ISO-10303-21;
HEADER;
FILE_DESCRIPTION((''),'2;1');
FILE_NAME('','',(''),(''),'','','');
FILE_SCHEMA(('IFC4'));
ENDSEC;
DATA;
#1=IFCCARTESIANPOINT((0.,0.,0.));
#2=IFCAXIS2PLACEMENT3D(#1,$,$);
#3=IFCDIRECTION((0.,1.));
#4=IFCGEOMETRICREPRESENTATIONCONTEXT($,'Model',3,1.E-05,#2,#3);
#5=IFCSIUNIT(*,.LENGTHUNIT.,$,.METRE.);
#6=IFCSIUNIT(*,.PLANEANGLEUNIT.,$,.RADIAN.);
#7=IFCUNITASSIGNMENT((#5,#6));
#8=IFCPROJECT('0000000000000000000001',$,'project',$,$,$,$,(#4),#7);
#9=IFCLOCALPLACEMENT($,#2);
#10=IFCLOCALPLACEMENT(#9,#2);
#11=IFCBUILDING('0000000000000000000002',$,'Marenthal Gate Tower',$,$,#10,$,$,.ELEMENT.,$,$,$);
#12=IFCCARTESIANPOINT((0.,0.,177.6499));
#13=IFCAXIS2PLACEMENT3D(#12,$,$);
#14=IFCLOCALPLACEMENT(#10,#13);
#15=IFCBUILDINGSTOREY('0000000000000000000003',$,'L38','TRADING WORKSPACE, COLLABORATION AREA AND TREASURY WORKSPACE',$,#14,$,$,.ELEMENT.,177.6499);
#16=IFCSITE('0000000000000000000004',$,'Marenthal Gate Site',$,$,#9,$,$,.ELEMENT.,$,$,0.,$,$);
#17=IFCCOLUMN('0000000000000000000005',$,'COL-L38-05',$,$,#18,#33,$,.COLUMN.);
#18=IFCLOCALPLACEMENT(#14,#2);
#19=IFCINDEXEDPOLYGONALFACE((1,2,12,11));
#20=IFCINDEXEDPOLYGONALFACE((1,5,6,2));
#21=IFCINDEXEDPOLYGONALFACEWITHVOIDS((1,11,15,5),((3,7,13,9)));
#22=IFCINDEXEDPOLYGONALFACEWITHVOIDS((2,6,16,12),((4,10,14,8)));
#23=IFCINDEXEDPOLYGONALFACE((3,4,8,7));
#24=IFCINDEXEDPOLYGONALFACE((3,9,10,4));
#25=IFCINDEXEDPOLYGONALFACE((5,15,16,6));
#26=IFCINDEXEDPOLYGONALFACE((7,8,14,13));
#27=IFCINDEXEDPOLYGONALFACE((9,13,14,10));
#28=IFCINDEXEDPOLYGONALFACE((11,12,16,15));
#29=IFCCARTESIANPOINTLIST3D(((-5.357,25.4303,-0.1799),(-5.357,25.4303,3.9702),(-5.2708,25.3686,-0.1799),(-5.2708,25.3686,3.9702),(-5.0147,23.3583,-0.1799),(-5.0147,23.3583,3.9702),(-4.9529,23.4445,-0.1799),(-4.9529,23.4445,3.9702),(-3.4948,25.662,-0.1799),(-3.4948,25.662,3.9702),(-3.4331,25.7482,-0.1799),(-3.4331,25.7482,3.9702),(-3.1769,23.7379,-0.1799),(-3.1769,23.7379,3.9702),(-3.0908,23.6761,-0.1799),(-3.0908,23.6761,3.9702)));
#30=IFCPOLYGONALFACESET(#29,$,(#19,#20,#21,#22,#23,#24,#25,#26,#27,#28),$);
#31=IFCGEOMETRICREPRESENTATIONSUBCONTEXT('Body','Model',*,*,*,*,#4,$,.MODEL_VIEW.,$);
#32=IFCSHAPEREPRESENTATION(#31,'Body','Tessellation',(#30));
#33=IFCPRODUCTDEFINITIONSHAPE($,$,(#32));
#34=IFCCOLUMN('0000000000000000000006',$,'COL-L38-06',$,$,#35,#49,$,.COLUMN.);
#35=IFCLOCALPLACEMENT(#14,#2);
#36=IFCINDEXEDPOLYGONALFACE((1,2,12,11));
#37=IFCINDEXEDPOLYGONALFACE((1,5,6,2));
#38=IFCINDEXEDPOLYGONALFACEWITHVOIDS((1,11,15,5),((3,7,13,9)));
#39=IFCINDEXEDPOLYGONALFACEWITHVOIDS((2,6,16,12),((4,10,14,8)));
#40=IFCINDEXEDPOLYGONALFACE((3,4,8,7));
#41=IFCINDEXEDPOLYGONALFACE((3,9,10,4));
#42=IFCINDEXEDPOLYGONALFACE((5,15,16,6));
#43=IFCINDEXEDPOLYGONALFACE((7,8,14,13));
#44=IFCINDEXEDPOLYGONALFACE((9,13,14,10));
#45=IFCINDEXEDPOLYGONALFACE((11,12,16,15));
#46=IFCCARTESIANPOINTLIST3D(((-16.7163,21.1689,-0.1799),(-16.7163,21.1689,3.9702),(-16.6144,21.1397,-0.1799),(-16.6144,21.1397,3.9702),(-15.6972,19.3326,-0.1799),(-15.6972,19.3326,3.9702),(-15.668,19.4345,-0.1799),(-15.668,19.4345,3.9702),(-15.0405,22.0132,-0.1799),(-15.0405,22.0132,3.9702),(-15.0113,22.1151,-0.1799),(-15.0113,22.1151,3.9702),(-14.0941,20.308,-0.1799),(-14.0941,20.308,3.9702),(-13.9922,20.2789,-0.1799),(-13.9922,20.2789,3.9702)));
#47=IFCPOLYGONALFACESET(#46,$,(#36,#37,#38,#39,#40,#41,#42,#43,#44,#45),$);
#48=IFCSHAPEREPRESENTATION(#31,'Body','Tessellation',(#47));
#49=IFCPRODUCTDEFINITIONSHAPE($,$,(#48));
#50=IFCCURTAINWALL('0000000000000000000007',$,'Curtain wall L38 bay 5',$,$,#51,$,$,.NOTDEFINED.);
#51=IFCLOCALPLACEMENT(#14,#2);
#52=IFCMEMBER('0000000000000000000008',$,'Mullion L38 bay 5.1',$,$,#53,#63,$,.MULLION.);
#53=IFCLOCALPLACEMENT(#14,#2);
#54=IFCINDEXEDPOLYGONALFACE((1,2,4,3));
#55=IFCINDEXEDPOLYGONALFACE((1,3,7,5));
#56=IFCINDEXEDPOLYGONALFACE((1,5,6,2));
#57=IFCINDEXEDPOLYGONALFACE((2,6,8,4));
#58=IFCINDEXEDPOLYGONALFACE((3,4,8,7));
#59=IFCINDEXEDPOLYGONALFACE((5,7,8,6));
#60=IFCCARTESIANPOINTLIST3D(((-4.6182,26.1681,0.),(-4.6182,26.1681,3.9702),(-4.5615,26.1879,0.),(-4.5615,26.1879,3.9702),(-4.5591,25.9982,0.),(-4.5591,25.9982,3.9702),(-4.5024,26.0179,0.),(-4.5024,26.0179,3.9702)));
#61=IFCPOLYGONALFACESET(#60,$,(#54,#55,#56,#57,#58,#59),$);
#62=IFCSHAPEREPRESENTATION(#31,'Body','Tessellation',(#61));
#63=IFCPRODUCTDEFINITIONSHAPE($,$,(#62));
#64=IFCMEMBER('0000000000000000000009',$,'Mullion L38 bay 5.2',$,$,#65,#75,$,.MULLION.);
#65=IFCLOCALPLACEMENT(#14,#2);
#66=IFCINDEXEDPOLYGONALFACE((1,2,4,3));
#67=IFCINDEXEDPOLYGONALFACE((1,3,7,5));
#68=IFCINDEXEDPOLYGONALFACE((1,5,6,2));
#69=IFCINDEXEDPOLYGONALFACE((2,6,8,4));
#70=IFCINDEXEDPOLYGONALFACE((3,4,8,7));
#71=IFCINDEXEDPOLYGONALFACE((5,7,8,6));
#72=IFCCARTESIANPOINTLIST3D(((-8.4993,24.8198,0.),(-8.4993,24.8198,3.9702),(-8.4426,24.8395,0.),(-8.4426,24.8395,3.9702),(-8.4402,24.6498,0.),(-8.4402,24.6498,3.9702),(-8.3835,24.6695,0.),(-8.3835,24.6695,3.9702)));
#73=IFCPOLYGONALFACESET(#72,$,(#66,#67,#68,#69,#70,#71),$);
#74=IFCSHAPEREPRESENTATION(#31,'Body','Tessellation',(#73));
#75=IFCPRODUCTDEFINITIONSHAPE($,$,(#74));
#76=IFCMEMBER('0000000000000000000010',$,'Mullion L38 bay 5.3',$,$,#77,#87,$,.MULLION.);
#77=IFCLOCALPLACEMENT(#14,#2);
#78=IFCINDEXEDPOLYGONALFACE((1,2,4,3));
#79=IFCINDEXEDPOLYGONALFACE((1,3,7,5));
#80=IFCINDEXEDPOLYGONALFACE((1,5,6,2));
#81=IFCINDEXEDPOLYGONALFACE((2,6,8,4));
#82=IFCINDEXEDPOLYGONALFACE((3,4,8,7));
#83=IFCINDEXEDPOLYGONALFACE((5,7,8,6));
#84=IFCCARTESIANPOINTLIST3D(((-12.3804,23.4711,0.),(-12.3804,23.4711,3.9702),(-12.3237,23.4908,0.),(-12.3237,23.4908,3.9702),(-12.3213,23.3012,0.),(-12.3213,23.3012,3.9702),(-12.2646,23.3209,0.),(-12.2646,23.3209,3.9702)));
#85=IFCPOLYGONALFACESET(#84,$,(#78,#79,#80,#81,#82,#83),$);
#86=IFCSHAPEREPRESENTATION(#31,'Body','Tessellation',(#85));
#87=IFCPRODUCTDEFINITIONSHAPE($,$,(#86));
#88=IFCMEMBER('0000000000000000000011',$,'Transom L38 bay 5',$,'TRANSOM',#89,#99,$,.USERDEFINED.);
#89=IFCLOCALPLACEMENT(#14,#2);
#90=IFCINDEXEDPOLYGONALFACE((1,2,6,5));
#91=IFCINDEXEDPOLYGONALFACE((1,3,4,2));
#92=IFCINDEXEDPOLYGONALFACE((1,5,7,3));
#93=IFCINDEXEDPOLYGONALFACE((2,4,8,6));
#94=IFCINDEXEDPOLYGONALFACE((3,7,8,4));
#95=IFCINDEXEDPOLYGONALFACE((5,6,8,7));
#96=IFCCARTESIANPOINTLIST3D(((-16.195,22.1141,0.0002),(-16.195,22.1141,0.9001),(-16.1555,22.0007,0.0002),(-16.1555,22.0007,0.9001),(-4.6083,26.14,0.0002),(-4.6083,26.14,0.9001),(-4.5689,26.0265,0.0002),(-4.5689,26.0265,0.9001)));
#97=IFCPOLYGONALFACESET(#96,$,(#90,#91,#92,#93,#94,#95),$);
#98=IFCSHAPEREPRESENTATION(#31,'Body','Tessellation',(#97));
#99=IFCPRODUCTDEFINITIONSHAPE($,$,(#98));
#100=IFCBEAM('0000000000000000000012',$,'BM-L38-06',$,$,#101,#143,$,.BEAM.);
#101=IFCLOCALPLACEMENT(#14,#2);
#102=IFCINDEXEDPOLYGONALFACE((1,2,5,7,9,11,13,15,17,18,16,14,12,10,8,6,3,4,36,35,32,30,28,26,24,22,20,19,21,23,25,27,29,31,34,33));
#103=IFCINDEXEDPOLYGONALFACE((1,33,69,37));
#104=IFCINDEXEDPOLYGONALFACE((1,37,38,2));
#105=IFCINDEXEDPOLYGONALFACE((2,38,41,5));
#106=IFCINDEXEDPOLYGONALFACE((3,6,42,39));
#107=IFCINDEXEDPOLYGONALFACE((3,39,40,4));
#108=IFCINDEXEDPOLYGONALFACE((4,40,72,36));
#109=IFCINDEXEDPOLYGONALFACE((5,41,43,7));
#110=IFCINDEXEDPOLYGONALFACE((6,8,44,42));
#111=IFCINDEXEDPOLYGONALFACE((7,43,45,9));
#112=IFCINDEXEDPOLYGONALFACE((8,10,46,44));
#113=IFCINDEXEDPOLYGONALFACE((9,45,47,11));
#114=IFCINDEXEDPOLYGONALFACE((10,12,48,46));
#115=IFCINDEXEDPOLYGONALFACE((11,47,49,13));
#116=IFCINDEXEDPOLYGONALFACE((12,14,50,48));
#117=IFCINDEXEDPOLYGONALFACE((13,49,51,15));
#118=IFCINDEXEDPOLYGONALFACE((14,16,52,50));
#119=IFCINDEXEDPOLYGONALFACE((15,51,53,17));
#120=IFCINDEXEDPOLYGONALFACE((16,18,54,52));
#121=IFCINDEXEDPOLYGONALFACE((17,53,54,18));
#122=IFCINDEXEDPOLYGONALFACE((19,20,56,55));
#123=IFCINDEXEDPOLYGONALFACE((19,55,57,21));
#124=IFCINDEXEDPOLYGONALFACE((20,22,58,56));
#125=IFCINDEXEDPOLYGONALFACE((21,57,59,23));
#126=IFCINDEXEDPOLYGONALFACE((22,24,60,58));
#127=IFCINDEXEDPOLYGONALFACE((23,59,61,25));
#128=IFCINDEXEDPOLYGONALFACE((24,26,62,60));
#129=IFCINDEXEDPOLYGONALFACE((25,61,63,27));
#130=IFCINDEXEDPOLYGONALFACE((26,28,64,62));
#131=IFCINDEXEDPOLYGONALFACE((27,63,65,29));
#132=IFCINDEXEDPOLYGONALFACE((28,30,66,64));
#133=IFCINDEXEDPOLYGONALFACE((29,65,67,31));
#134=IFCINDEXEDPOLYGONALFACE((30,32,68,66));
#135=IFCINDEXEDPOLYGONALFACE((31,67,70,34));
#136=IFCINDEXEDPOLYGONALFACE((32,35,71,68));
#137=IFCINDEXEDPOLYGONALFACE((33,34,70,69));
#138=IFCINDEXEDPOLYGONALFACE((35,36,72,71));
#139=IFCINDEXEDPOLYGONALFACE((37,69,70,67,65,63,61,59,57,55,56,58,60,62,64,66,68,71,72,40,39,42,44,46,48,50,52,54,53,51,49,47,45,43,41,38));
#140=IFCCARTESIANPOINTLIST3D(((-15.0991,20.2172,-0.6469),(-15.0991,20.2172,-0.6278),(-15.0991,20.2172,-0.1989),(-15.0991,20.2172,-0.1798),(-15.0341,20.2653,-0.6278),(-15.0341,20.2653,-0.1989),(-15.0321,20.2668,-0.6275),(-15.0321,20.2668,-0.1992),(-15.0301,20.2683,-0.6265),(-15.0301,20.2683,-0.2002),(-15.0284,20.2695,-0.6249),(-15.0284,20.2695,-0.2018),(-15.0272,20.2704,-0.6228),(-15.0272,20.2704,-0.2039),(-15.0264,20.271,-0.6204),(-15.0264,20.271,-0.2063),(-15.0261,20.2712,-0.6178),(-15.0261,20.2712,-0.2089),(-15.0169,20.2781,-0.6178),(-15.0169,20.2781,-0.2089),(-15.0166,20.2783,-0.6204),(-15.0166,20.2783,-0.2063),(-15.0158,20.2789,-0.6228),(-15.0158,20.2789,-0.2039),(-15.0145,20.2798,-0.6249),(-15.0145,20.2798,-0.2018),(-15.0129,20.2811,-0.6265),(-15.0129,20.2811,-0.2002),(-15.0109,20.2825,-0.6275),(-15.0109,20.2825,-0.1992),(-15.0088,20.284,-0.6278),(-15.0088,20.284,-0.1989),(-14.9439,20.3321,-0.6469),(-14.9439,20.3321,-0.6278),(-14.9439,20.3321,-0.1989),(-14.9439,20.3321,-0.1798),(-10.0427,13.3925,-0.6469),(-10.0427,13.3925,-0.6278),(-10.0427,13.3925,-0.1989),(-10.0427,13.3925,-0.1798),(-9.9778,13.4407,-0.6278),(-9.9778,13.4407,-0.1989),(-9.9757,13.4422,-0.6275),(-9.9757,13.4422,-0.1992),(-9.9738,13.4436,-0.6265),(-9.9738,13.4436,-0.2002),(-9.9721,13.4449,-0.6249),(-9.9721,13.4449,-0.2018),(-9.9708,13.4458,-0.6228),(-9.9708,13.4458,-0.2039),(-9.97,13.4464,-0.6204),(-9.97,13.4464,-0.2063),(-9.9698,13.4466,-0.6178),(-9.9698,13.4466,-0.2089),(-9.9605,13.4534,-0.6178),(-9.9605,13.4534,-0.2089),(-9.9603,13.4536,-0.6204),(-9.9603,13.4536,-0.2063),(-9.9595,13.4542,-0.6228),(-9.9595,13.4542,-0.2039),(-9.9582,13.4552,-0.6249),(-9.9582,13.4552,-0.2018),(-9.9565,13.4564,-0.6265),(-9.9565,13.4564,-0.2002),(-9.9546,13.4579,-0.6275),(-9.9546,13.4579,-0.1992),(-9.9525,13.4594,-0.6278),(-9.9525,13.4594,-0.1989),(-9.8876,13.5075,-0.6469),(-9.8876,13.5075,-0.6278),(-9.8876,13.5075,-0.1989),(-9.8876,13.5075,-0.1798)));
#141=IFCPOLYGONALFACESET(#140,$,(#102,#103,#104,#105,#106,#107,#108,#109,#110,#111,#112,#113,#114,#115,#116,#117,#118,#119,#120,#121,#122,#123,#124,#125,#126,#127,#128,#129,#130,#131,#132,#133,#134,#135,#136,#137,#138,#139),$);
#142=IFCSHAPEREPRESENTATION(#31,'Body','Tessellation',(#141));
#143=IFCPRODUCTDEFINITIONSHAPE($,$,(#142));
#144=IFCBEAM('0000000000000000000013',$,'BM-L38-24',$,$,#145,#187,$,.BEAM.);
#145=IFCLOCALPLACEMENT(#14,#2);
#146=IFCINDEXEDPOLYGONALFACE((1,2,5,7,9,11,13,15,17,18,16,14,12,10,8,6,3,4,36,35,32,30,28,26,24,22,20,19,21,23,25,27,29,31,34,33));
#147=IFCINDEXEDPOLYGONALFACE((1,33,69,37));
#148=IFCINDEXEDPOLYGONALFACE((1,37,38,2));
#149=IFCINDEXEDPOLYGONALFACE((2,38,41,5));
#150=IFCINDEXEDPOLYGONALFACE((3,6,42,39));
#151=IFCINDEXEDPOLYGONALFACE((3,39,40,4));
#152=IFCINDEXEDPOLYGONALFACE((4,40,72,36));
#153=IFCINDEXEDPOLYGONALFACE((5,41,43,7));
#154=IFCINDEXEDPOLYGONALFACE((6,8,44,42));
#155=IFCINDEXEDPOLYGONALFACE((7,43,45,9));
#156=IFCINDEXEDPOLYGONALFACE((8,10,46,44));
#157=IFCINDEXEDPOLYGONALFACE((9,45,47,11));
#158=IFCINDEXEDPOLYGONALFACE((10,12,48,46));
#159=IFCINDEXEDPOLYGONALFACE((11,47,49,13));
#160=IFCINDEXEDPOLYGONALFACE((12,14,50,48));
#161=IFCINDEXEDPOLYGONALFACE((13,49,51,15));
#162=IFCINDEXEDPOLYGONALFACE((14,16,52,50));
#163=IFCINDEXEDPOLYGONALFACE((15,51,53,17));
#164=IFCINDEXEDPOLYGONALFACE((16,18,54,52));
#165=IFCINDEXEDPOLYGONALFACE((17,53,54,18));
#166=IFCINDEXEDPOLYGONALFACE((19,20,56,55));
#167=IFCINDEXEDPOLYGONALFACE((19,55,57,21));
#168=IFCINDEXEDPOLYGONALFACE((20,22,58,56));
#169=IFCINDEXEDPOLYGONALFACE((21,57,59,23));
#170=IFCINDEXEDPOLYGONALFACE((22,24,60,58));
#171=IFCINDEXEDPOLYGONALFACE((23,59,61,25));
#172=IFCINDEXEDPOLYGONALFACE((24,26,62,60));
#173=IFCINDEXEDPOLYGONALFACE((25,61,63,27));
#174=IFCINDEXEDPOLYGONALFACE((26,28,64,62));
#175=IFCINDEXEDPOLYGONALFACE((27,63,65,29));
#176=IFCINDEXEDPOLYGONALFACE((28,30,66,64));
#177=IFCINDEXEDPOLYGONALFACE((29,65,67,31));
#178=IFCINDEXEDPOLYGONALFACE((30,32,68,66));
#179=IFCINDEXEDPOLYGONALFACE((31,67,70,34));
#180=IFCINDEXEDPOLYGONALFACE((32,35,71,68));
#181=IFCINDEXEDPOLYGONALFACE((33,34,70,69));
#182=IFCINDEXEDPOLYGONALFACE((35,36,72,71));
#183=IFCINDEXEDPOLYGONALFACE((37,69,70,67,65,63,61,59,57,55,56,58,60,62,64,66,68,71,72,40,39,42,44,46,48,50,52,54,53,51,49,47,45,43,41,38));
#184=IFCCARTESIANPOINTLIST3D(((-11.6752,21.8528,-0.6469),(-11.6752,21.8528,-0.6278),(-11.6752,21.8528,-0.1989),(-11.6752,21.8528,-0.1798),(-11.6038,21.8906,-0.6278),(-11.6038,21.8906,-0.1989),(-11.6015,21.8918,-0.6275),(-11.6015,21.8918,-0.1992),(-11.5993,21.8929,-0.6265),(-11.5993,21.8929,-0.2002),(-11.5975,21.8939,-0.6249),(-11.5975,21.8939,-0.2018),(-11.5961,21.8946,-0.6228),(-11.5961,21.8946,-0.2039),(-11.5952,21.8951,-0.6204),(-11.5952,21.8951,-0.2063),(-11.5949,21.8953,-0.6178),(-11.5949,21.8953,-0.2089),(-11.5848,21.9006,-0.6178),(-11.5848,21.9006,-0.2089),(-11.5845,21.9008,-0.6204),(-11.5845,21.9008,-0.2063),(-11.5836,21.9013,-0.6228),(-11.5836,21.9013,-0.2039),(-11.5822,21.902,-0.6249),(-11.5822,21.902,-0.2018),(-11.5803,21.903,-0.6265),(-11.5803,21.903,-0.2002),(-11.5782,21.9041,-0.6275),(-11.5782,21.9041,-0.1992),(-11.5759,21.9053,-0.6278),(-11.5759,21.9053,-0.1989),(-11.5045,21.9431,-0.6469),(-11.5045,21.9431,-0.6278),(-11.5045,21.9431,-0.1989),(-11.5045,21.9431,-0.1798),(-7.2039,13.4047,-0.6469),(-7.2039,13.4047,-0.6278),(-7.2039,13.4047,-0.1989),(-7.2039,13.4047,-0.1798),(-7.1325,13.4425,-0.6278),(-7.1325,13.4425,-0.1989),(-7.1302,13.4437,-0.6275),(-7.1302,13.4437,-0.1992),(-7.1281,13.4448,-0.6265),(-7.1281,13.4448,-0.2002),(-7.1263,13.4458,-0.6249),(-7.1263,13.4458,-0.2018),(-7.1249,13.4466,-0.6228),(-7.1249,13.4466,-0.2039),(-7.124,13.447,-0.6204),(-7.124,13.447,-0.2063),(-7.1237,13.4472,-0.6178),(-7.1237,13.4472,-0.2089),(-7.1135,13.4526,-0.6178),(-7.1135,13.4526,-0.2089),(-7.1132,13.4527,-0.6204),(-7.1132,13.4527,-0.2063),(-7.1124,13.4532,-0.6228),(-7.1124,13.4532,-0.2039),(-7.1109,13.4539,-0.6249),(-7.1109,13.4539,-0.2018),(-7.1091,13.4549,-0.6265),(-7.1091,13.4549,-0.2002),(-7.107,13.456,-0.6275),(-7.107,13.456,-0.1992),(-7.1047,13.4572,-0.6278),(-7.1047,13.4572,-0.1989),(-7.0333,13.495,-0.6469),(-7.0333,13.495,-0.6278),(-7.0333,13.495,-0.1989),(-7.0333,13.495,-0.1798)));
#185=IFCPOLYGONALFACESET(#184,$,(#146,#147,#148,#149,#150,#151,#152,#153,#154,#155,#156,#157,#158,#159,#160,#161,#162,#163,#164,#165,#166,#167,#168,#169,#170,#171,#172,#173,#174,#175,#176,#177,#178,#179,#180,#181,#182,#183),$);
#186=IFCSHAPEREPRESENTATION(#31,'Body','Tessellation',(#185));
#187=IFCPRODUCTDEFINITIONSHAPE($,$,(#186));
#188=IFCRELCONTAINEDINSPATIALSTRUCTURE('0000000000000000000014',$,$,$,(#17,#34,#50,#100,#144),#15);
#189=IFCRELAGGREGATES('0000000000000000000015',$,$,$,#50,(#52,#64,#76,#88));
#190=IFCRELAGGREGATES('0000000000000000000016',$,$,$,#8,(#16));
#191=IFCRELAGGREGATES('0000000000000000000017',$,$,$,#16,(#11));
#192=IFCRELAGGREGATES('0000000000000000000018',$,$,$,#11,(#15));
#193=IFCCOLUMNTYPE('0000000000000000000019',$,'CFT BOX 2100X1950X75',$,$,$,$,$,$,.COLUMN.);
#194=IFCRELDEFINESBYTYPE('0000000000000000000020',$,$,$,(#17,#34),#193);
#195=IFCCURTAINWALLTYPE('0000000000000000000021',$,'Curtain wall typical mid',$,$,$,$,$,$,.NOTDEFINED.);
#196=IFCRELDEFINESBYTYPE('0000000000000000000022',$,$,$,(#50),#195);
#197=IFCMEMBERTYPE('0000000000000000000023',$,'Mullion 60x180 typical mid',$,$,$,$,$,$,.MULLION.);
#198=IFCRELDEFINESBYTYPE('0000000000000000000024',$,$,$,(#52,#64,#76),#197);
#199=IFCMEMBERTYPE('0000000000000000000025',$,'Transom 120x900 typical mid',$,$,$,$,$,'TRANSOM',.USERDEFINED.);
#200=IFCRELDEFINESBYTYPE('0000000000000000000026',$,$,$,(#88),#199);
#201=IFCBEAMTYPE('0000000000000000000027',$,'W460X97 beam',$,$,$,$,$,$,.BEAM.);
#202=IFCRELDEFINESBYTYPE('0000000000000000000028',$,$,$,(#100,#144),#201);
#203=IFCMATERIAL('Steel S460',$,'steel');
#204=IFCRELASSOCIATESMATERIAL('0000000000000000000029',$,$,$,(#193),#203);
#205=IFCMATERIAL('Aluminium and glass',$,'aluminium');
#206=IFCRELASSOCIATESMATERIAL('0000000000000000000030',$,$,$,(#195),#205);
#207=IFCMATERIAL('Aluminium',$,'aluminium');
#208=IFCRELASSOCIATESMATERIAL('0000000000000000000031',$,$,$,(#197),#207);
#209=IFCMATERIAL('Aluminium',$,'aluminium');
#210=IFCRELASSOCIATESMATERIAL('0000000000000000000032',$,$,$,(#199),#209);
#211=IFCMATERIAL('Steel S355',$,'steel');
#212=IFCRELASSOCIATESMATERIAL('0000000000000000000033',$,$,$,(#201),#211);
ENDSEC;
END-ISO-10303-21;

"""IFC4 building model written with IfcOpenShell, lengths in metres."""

from ifc_helpers import new_model, si_unit, direction, frame, origin, origin_2d, place, context, subcontext, project, spatial, rectangle, hollow_rectangle, i_section, extrude, material, material_profile, profile_set, type_object, element, aggregate, save


model = new_model("IFC4")

# Units and contexts
model_context = context("Model", 3, precision=1e-05, world=origin(), true_north=direction((0.0, 1.0)))
body_context = subcontext(model_context, "Body", "Model", "MODEL_VIEW")
ifc_project = project(units=[si_unit("LENGTHUNIT", "METRE"), si_unit("PLANEANGLEUNIT", "RADIAN")], contexts=[model_context])

# Site, building, storey
site_placement = place(None, origin())
site = spatial("IfcSite", under=ifc_project, at=site_placement, Name="Marenthal Gate Site", CompositionType="ELEMENT", RefElevation=0.0)
building_placement = place(site_placement, origin())
building = spatial("IfcBuilding", under=site, at=building_placement, Name="Marenthal Gate Tower", CompositionType="ELEMENT")
storey_placement = place(building_placement, frame((0.0, 0.0, 177.6499)))
storey = spatial("IfcBuildingStorey", under=building, at=storey_placement, Name="L38", Description="TRADING WORKSPACE, COLLABORATION AREA AND TREASURY WORKSPACE", CompositionType="ELEMENT", Elevation=177.6499)

# Columns
ifc_material_1 = material(Name="Steel S460", Category="steel")
ifc_material_profile_1 = material_profile(ifc_material_1, hollow_rectangle(XDim=1.95, YDim=2.1001, WallThickness=0.075, at=origin_2d()), Name="CFT BOX 2100X1950X75")
ifc_material_2 = material(Name="Concrete 70 MPa", Category="concrete")
ifc_material_profile_2 = material_profile(ifc_material_2, rectangle(XDim=1.8, YDim=1.95, at=origin_2d()), Name="CFT BOX 2100X1950X75 INFILL")
ifc_profile_set_1 = profile_set([ifc_material_profile_1, ifc_material_profile_2], Name="Steel S460 shell, Concrete 70 MPa infill")
column_type = type_object("IfcColumnType", Name="CFT BOX 2100X1950X75", PredefinedType="COLUMN", material=ifc_profile_set_1)
for number, where, z_axis, x_axis, name in (
    (1, (-4.2239, 24.5532, -0.1799), (0.0, 0.0, 1.0), (0.986625, 0.163004, 0.0), "COL-L38-05"),
    (2, (-15.3542, 20.7239, -0.1799), (0.0, 0.0, 1.0), (0.874371, 0.485258, 0.0), "COL-L38-06"),
):
    element("IfcColumn", number, at=place(storey_placement, frame(where, z_axis=z_axis, x_axis=x_axis)), inside=storey, type_object=column_type, Name=name, PredefinedType="COLUMN", context=body_context, shape_type="SweptSolid", body=[
        extrude(hollow_rectangle(XDim=1.95, YDim=2.1001, WallThickness=0.075, at=origin_2d()), origin(), (0.0, 0.0, 1.0), 4.1501),
    ])

# Curtain wall, members
ifc_material_3 = material(Name="Aluminium and glass", Category="aluminium")
curtain_wall_type = type_object("IfcCurtainWallType", Name="Curtain wall typical mid", PredefinedType="NOTDEFINED", material=ifc_material_3)
curtain_wall_placement = place(storey_placement, origin())
curtain_wall = element("IfcCurtainWall", 3, at=curtain_wall_placement, inside=storey, type_object=curtain_wall_type, Name="Curtain wall L38 bay 5", PredefinedType="NOTDEFINED")
ifc_material_4 = material(Name="Aluminium", Category="aluminium")
ifc_material_profile_3 = material_profile(ifc_material_4, rectangle(XDim=0.1799, YDim=0.0601, at=origin_2d()), Name="60x180 aluminium mullion")
ifc_profile_set_2 = profile_set([ifc_material_profile_3], Name="Aluminium")
member_type_1 = type_object("IfcMemberType", Name="Mullion 60x180 typical mid", PredefinedType="MULLION", material=ifc_profile_set_2)
member_1_placement = place(storey_placement, frame((-4.5603, 26.093, 0.0), z_axis=(0.0, 0.0, 1.0), x_axis=(0.328211, -0.944604, 0.0)))
member_1 = element("IfcMember", 4, at=member_1_placement, type_object=member_type_1, Name="Mullion L38 bay 5.1", PredefinedType="MULLION", context=body_context, shape_type="SweptSolid", body=[
    extrude(rectangle(XDim=0.1799, YDim=0.0601, at=origin_2d()), origin(), (0.0, 0.0, 1.0), 3.9702),
])
member_2_placement = place(storey_placement, frame((-8.4414, 24.7446, 0.0), z_axis=(0.0, 0.0, 1.0), x_axis=(0.328211, -0.944604, 0.0)))
member_2 = element("IfcMember", 5, at=member_2_placement, type_object=member_type_1, Name="Mullion L38 bay 5.2", PredefinedType="MULLION", context=body_context, shape_type="SweptSolid", body=[
    extrude(rectangle(XDim=0.1799, YDim=0.0601, at=origin_2d()), origin(), (0.0, 0.0, 1.0), 3.9702),
])
member_3_placement = place(storey_placement, frame((-12.3225, 23.396, 0.0), z_axis=(0.0, 0.0, 1.0), x_axis=(0.328211, -0.944604, 0.0)))
member_3 = element("IfcMember", 6, at=member_3_placement, type_object=member_type_1, Name="Mullion L38 bay 5.3", PredefinedType="MULLION", context=body_context, shape_type="SweptSolid", body=[
    extrude(rectangle(XDim=0.1799, YDim=0.0601, at=origin_2d()), origin(), (0.0, 0.0, 1.0), 3.9702),
])
ifc_material_5 = material(Name="Aluminium", Category="aluminium")
ifc_material_profile_4 = material_profile(ifc_material_5, rectangle(XDim=0.1201, YDim=0.8999, at=origin_2d()), Name="120x900 aluminium transom")
ifc_profile_set_3 = profile_set([ifc_material_profile_4], Name="Aluminium")
member_type_2 = type_object("IfcMemberType", Name="Transom 120x900 typical mid", ElementType="TRANSOM", PredefinedType="USERDEFINED", material=ifc_profile_set_3)
member_4_placement = place(storey_placement, frame((-4.5886, 26.0833, 0.4502), z_axis=(-0.944605, -0.32821, 0.0), x_axis=(0.32821, -0.944605, 0.0)))
member_4 = element("IfcMember", 7, at=member_4_placement, type_object=member_type_2, Name="Transom L38 bay 5", ObjectType="TRANSOM", PredefinedType="USERDEFINED", context=body_context, shape_type="SweptSolid", body=[
    extrude(rectangle(XDim=0.1201, YDim=0.8999, at=origin_2d()), origin(), (0.0, 0.0, 1.0), 12.2661),
])

# Beams
ifc_material_6 = material(Name="Steel S355", Category="steel")
ifc_material_profile_5 = material_profile(ifc_material_6, i_section(OverallWidth=0.1931, OverallDepth=0.467, WebThickness=0.0115, FlangeThickness=0.019, FilletRadius=0.01, at=origin_2d()), Name="W460X97")
ifc_profile_set_4 = profile_set([ifc_material_profile_5], Name="Steel S355")
beam_type_1 = type_object("IfcBeamType", Name="W460X97 beam", PredefinedType="BEAM", material=ifc_profile_set_4)
beam_1_placement = place(storey_placement, frame((-15.0215, 20.2747, -0.4133), z_axis=(0.595308, -0.803498, 0.0), x_axis=(0.803498, 0.595308, 0.0)))
element("IfcBeam", 8, at=beam_1_placement, inside=storey, type_object=beam_type_1, Name="BM-L38-06", PredefinedType="BEAM", context=body_context, shape_type="SweptSolid", body=[
    extrude(i_section(OverallWidth=0.1931, OverallDepth=0.467, WebThickness=0.0115, FlangeThickness=0.019, FilletRadius=0.01, at=origin_2d()), origin(), (0.0, 0.0, 1.0), 8.4937),
])
beam_2_placement = place(storey_placement, frame((-11.5898, 21.8979, -0.4133), z_axis=(0.467783, -0.883843, 0.0), x_axis=(0.883843, 0.467783, 0.0)))
element("IfcBeam", 9, at=beam_2_placement, inside=storey, type_object=beam_type_1, Name="BM-L38-24", PredefinedType="BEAM", context=body_context, shape_type="SweptSolid", body=[
    extrude(i_section(OverallWidth=0.1931, OverallDepth=0.467, WebThickness=0.0115, FlangeThickness=0.019, FilletRadius=0.01, at=origin_2d()), origin(), (0.0, 0.0, 1.0), 9.5583),
])

aggregate(curtain_wall, [member_1, member_2, member_3, member_4])

save(model, "model.ifc")
